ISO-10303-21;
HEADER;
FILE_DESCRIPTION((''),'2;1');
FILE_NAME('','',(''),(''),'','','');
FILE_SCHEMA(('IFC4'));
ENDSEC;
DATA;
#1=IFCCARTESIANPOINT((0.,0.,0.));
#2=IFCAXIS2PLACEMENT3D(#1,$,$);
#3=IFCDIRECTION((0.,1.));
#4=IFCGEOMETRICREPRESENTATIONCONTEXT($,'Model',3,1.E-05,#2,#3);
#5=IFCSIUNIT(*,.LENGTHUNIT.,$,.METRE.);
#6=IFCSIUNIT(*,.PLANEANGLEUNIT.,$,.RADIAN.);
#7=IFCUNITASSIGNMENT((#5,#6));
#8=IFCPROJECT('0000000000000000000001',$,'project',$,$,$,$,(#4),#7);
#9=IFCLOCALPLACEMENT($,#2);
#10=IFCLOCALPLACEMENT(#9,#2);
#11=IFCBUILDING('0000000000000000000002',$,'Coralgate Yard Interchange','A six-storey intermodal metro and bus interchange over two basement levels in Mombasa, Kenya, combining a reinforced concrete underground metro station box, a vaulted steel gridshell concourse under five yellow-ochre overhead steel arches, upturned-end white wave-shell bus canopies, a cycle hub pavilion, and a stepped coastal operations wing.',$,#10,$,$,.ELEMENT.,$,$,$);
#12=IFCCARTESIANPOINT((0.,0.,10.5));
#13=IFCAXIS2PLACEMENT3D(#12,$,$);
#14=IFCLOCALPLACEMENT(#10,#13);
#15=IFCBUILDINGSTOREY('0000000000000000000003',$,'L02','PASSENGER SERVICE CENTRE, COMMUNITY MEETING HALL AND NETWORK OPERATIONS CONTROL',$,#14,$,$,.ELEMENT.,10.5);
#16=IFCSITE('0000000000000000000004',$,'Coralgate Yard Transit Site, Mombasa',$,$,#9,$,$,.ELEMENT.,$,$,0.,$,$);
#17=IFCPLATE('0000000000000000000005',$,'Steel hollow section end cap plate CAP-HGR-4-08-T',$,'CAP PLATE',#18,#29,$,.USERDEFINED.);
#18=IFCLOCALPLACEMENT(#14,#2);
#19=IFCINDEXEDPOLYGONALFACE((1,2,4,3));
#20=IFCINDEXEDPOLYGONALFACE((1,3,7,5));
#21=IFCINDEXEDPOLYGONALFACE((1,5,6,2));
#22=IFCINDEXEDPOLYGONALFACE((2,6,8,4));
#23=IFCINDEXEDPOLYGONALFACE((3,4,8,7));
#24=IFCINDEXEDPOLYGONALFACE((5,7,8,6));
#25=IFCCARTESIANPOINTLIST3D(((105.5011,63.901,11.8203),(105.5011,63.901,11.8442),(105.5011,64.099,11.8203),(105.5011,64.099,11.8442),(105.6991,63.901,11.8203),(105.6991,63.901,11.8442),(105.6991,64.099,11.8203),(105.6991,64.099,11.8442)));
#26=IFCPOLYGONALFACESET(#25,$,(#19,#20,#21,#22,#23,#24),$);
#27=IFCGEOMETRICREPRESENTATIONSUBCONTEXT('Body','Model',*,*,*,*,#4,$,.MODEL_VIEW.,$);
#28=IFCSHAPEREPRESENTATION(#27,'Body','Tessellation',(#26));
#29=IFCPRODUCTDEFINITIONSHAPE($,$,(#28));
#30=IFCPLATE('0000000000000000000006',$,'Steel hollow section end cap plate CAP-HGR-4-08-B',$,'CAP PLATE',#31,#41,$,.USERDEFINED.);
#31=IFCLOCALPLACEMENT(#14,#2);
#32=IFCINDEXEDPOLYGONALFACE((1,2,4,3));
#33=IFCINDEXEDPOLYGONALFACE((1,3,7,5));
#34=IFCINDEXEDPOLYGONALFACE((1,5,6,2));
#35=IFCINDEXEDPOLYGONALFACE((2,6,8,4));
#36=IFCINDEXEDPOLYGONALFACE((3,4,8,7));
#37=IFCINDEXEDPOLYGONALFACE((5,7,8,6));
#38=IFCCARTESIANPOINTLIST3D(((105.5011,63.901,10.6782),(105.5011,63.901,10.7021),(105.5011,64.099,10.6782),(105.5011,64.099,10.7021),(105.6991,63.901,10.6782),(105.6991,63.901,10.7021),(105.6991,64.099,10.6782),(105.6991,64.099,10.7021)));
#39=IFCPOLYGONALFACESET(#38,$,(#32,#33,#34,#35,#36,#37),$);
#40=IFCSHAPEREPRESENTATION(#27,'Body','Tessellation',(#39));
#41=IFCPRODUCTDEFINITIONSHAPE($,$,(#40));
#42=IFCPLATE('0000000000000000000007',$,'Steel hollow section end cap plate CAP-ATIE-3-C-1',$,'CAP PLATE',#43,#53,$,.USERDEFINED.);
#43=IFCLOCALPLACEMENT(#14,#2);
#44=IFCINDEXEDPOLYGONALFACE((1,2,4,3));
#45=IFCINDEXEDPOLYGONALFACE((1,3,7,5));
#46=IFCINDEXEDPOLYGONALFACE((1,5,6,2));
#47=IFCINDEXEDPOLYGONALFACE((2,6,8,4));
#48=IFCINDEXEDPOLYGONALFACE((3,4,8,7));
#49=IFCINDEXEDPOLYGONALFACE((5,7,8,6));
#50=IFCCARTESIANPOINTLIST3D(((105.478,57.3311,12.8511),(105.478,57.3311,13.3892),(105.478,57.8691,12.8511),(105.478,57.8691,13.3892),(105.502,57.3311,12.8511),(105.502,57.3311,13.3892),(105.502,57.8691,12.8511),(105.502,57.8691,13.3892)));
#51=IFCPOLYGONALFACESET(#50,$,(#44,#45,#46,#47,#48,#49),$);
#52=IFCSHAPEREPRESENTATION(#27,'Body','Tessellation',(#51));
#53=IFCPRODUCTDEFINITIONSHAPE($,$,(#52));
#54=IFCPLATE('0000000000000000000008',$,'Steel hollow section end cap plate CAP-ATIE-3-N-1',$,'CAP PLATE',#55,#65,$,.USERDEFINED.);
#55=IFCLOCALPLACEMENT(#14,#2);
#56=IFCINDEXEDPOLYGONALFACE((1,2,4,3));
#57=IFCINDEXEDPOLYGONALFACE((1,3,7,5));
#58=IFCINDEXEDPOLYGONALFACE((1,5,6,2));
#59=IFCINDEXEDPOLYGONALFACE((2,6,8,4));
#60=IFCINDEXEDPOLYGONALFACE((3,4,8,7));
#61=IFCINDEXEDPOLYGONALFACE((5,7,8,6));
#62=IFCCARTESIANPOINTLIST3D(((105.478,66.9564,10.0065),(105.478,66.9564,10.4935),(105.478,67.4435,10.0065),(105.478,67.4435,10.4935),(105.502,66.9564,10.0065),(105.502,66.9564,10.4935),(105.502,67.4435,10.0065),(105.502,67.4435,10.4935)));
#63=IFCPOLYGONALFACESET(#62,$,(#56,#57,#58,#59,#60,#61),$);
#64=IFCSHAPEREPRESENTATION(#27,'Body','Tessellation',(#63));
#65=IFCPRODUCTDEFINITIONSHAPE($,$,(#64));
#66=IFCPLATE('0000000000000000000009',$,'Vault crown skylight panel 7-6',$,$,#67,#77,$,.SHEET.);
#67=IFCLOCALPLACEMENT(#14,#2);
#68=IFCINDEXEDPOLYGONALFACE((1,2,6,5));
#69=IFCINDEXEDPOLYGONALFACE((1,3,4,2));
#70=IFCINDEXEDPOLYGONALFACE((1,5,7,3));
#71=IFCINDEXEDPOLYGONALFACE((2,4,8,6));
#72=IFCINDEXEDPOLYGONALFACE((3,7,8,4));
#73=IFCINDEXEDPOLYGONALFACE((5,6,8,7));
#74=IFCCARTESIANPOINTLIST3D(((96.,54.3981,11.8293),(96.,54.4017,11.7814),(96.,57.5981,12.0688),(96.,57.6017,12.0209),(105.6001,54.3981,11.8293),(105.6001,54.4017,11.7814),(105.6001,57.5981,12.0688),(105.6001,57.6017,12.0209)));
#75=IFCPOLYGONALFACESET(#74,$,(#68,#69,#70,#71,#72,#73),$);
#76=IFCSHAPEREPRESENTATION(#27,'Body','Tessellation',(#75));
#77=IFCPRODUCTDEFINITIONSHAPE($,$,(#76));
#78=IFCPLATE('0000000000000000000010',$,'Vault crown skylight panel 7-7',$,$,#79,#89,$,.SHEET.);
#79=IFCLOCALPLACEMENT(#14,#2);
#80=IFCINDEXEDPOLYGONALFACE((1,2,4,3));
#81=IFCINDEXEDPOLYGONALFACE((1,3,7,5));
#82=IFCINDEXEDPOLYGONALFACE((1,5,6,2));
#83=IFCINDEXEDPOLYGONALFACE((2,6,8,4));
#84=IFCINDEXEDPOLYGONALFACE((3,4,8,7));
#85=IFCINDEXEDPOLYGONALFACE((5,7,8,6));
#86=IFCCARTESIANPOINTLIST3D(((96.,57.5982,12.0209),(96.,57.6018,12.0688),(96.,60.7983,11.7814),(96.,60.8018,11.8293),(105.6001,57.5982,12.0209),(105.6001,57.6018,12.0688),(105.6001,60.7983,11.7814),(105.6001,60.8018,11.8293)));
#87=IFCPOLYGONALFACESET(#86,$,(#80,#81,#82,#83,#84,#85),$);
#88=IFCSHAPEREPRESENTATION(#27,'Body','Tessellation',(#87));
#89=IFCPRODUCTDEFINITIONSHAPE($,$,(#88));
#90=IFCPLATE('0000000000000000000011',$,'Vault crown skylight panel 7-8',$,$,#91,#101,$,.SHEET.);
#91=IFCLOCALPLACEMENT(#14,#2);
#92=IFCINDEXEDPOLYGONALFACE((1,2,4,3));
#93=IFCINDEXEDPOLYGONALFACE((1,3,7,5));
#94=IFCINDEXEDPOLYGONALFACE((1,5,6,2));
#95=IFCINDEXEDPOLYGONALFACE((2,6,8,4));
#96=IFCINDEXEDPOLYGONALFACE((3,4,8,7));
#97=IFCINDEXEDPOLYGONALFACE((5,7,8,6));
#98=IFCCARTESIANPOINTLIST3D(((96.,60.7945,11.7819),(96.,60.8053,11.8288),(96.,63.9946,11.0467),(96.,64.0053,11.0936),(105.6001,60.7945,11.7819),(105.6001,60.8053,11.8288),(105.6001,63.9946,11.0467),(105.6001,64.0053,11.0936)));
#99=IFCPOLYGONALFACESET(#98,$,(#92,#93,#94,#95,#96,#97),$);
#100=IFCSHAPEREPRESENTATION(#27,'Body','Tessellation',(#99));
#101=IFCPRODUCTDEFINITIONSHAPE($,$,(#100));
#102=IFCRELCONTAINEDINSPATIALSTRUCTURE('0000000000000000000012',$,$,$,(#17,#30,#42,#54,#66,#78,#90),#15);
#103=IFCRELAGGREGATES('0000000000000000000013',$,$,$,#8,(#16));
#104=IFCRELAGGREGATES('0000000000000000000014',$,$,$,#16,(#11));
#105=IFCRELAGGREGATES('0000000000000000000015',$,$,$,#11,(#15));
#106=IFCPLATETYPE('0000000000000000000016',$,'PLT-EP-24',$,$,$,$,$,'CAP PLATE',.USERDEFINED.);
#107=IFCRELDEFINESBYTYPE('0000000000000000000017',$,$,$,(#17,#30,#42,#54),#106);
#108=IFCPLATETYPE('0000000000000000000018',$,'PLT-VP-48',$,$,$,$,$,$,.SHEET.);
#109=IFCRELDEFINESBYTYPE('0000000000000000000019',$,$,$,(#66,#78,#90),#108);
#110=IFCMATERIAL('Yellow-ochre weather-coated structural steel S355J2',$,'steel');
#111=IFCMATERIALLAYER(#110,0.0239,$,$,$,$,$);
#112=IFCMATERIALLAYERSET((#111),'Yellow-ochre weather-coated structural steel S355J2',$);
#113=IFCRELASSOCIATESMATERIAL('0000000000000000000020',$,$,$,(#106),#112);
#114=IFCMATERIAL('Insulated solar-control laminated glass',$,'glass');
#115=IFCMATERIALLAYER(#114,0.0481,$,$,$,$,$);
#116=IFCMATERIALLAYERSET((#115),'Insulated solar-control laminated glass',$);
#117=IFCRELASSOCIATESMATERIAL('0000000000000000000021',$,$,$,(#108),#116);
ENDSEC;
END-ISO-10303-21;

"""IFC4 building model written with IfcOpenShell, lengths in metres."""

from ifc_helpers import new_model, si_unit, direction, frame, origin, origin_2d, place, context, subcontext, project, spatial, rectangle, extrude, material, layer, layer_set, type_object, element, save


model = new_model("IFC4")

# Units and contexts
model_context = context("Model", 3, precision=1e-05, world=origin(), true_north=direction((0.0, 1.0)))
body_context = subcontext(model_context, "Body", "Model", "MODEL_VIEW")
ifc_project = project(units=[si_unit("LENGTHUNIT", "METRE"), si_unit("PLANEANGLEUNIT", "RADIAN")], contexts=[model_context])

# Site, building, storey
site_placement = place(None, origin())
site = spatial("IfcSite", under=ifc_project, at=site_placement, Name="Coralgate Yard Transit Site, Mombasa", CompositionType="ELEMENT", RefElevation=0.0)
building_placement = place(site_placement, origin())
building = spatial("IfcBuilding", under=site, at=building_placement, Name="Coralgate Yard Interchange", Description="A six-storey intermodal metro and bus interchange over two basement levels in Mombasa, Kenya, combining a reinforced concrete underground metro station box, a vaulted steel gridshell concourse under five yellow-ochre overhead steel arches, upturned-end white wave-shell bus canopies, a cycle hub pavilion, and a stepped coastal operations wing.", CompositionType="ELEMENT")
storey_placement = place(building_placement, frame((0.0, 0.0, 10.5)))
storey = spatial("IfcBuildingStorey", under=building, at=storey_placement, Name="L02", Description="PASSENGER SERVICE CENTRE, COMMUNITY MEETING HALL AND NETWORK OPERATIONS CONTROL", CompositionType="ELEMENT", Elevation=10.5)

# Shared definitions
ifc_material_1 = material(Name="Yellow-ochre weather-coated structural steel S355J2", Category="steel")

# Plates
ifc_layer_1 = layer(ifc_material_1, 0.0239)
ifc_layer_set_1 = layer_set([ifc_layer_1], Name="Yellow-ochre weather-coated structural steel S355J2")
plate_type_1 = type_object("IfcPlateType", Name="PLT-EP-24", ElementType="CAP PLATE", PredefinedType="USERDEFINED", material=ifc_layer_set_1)
for number, where, z_axis, x_axis, name in (
    (1, (105.6001, 64.0, 11.8203), (0.0, 0.0, 1.0), (1.0, 0.0, 0.0), "Steel hollow section end cap plate CAP-HGR-4-08-T"),
    (2, (105.6001, 64.0, 10.7021), (0.0, 0.0, -1.0), (1.0, 0.0, 0.0), "Steel hollow section end cap plate CAP-HGR-4-08-B"),
):
    element("IfcPlate", number, at=place(storey_placement, frame(where, z_axis=z_axis, x_axis=x_axis)), inside=storey, type_object=plate_type_1, Name=name, ObjectType="CAP PLATE", PredefinedType="USERDEFINED", context=body_context, shape_type="SweptSolid", body=[
        extrude(rectangle(XDim=0.198, YDim=0.198, at=origin_2d()), origin(), (0.0, 0.0, 1.0), 0.0239),
    ])
plate_1_placement = place(storey_placement, frame((105.478, 57.6001, 13.1201), z_axis=(1.0, 0.0, 0.0), x_axis=(0.0, 1.0, 0.0)))
element("IfcPlate", 3, at=plate_1_placement, inside=storey, type_object=plate_type_1, Name="Steel hollow section end cap plate CAP-ATIE-3-C-1", ObjectType="CAP PLATE", PredefinedType="USERDEFINED", context=body_context, shape_type="SweptSolid", body=[
    extrude(rectangle(XDim=0.5381, YDim=0.5381, at=origin_2d()), origin(), (0.0, 0.0, 1.0), 0.0239),
])
plate_2_placement = place(storey_placement, frame((105.478, 67.2, 10.25), z_axis=(1.0, 0.0, 0.0), x_axis=(0.0, 1.0, 0.0)))
element("IfcPlate", 4, at=plate_2_placement, inside=storey, type_object=plate_type_1, Name="Steel hollow section end cap plate CAP-ATIE-3-N-1", ObjectType="CAP PLATE", PredefinedType="USERDEFINED", context=body_context, shape_type="SweptSolid", body=[
    extrude(rectangle(XDim=0.4871, YDim=0.4871, at=origin_2d()), origin(), (0.0, 0.0, 1.0), 0.0239),
])
ifc_material_2 = material(Name="Insulated solar-control laminated glass", Category="glass")
ifc_layer_2 = layer(ifc_material_2, 0.0481)
ifc_layer_set_2 = layer_set([ifc_layer_2], Name="Insulated solar-control laminated glass")
plate_type_2 = type_object("IfcPlateType", Name="PLT-VP-48", PredefinedType="SHEET", material=ifc_layer_set_2)
for number, where, z_axis, x_axis, name in (
    (5, (100.8, 56.0017, 11.9011), (0.0, -0.074635, 0.997211), (1.0, 0.0, 0.0), "Vault crown skylight panel 7-6"),
    (6, (100.8, 59.1982, 11.9011), (0.0, 0.074635, 0.997211), (1.0, 0.0, 0.0), "Vault crown skylight panel 7-7"),
):
    element("IfcPlate", number, at=place(storey_placement, frame(where, z_axis=z_axis, x_axis=x_axis)), inside=storey, type_object=plate_type_2, Name=name, PredefinedType="SHEET", context=body_context, shape_type="SweptSolid", body=[
        extrude(rectangle(XDim=9.6001, YDim=3.209, at=origin_2d()), origin(), (0.0, 0.0, 1.0), 0.0481),
    ])
plate_3_placement = place(storey_placement, frame((100.8, 62.3945, 11.4143), z_axis=(0.0, 0.223916, 0.974608), x_axis=(1.0, 0.0, 0.0)))
element("IfcPlate", 7, at=plate_3_placement, inside=storey, type_object=plate_type_2, Name="Vault crown skylight panel 7-8", PredefinedType="SHEET", context=body_context, shape_type="SweptSolid", body=[
    extrude(rectangle(XDim=9.6001, YDim=3.2834, at=origin_2d()), origin(), (0.0, 0.0, 1.0), 0.0481),
])

save(model, "model.ifc")
